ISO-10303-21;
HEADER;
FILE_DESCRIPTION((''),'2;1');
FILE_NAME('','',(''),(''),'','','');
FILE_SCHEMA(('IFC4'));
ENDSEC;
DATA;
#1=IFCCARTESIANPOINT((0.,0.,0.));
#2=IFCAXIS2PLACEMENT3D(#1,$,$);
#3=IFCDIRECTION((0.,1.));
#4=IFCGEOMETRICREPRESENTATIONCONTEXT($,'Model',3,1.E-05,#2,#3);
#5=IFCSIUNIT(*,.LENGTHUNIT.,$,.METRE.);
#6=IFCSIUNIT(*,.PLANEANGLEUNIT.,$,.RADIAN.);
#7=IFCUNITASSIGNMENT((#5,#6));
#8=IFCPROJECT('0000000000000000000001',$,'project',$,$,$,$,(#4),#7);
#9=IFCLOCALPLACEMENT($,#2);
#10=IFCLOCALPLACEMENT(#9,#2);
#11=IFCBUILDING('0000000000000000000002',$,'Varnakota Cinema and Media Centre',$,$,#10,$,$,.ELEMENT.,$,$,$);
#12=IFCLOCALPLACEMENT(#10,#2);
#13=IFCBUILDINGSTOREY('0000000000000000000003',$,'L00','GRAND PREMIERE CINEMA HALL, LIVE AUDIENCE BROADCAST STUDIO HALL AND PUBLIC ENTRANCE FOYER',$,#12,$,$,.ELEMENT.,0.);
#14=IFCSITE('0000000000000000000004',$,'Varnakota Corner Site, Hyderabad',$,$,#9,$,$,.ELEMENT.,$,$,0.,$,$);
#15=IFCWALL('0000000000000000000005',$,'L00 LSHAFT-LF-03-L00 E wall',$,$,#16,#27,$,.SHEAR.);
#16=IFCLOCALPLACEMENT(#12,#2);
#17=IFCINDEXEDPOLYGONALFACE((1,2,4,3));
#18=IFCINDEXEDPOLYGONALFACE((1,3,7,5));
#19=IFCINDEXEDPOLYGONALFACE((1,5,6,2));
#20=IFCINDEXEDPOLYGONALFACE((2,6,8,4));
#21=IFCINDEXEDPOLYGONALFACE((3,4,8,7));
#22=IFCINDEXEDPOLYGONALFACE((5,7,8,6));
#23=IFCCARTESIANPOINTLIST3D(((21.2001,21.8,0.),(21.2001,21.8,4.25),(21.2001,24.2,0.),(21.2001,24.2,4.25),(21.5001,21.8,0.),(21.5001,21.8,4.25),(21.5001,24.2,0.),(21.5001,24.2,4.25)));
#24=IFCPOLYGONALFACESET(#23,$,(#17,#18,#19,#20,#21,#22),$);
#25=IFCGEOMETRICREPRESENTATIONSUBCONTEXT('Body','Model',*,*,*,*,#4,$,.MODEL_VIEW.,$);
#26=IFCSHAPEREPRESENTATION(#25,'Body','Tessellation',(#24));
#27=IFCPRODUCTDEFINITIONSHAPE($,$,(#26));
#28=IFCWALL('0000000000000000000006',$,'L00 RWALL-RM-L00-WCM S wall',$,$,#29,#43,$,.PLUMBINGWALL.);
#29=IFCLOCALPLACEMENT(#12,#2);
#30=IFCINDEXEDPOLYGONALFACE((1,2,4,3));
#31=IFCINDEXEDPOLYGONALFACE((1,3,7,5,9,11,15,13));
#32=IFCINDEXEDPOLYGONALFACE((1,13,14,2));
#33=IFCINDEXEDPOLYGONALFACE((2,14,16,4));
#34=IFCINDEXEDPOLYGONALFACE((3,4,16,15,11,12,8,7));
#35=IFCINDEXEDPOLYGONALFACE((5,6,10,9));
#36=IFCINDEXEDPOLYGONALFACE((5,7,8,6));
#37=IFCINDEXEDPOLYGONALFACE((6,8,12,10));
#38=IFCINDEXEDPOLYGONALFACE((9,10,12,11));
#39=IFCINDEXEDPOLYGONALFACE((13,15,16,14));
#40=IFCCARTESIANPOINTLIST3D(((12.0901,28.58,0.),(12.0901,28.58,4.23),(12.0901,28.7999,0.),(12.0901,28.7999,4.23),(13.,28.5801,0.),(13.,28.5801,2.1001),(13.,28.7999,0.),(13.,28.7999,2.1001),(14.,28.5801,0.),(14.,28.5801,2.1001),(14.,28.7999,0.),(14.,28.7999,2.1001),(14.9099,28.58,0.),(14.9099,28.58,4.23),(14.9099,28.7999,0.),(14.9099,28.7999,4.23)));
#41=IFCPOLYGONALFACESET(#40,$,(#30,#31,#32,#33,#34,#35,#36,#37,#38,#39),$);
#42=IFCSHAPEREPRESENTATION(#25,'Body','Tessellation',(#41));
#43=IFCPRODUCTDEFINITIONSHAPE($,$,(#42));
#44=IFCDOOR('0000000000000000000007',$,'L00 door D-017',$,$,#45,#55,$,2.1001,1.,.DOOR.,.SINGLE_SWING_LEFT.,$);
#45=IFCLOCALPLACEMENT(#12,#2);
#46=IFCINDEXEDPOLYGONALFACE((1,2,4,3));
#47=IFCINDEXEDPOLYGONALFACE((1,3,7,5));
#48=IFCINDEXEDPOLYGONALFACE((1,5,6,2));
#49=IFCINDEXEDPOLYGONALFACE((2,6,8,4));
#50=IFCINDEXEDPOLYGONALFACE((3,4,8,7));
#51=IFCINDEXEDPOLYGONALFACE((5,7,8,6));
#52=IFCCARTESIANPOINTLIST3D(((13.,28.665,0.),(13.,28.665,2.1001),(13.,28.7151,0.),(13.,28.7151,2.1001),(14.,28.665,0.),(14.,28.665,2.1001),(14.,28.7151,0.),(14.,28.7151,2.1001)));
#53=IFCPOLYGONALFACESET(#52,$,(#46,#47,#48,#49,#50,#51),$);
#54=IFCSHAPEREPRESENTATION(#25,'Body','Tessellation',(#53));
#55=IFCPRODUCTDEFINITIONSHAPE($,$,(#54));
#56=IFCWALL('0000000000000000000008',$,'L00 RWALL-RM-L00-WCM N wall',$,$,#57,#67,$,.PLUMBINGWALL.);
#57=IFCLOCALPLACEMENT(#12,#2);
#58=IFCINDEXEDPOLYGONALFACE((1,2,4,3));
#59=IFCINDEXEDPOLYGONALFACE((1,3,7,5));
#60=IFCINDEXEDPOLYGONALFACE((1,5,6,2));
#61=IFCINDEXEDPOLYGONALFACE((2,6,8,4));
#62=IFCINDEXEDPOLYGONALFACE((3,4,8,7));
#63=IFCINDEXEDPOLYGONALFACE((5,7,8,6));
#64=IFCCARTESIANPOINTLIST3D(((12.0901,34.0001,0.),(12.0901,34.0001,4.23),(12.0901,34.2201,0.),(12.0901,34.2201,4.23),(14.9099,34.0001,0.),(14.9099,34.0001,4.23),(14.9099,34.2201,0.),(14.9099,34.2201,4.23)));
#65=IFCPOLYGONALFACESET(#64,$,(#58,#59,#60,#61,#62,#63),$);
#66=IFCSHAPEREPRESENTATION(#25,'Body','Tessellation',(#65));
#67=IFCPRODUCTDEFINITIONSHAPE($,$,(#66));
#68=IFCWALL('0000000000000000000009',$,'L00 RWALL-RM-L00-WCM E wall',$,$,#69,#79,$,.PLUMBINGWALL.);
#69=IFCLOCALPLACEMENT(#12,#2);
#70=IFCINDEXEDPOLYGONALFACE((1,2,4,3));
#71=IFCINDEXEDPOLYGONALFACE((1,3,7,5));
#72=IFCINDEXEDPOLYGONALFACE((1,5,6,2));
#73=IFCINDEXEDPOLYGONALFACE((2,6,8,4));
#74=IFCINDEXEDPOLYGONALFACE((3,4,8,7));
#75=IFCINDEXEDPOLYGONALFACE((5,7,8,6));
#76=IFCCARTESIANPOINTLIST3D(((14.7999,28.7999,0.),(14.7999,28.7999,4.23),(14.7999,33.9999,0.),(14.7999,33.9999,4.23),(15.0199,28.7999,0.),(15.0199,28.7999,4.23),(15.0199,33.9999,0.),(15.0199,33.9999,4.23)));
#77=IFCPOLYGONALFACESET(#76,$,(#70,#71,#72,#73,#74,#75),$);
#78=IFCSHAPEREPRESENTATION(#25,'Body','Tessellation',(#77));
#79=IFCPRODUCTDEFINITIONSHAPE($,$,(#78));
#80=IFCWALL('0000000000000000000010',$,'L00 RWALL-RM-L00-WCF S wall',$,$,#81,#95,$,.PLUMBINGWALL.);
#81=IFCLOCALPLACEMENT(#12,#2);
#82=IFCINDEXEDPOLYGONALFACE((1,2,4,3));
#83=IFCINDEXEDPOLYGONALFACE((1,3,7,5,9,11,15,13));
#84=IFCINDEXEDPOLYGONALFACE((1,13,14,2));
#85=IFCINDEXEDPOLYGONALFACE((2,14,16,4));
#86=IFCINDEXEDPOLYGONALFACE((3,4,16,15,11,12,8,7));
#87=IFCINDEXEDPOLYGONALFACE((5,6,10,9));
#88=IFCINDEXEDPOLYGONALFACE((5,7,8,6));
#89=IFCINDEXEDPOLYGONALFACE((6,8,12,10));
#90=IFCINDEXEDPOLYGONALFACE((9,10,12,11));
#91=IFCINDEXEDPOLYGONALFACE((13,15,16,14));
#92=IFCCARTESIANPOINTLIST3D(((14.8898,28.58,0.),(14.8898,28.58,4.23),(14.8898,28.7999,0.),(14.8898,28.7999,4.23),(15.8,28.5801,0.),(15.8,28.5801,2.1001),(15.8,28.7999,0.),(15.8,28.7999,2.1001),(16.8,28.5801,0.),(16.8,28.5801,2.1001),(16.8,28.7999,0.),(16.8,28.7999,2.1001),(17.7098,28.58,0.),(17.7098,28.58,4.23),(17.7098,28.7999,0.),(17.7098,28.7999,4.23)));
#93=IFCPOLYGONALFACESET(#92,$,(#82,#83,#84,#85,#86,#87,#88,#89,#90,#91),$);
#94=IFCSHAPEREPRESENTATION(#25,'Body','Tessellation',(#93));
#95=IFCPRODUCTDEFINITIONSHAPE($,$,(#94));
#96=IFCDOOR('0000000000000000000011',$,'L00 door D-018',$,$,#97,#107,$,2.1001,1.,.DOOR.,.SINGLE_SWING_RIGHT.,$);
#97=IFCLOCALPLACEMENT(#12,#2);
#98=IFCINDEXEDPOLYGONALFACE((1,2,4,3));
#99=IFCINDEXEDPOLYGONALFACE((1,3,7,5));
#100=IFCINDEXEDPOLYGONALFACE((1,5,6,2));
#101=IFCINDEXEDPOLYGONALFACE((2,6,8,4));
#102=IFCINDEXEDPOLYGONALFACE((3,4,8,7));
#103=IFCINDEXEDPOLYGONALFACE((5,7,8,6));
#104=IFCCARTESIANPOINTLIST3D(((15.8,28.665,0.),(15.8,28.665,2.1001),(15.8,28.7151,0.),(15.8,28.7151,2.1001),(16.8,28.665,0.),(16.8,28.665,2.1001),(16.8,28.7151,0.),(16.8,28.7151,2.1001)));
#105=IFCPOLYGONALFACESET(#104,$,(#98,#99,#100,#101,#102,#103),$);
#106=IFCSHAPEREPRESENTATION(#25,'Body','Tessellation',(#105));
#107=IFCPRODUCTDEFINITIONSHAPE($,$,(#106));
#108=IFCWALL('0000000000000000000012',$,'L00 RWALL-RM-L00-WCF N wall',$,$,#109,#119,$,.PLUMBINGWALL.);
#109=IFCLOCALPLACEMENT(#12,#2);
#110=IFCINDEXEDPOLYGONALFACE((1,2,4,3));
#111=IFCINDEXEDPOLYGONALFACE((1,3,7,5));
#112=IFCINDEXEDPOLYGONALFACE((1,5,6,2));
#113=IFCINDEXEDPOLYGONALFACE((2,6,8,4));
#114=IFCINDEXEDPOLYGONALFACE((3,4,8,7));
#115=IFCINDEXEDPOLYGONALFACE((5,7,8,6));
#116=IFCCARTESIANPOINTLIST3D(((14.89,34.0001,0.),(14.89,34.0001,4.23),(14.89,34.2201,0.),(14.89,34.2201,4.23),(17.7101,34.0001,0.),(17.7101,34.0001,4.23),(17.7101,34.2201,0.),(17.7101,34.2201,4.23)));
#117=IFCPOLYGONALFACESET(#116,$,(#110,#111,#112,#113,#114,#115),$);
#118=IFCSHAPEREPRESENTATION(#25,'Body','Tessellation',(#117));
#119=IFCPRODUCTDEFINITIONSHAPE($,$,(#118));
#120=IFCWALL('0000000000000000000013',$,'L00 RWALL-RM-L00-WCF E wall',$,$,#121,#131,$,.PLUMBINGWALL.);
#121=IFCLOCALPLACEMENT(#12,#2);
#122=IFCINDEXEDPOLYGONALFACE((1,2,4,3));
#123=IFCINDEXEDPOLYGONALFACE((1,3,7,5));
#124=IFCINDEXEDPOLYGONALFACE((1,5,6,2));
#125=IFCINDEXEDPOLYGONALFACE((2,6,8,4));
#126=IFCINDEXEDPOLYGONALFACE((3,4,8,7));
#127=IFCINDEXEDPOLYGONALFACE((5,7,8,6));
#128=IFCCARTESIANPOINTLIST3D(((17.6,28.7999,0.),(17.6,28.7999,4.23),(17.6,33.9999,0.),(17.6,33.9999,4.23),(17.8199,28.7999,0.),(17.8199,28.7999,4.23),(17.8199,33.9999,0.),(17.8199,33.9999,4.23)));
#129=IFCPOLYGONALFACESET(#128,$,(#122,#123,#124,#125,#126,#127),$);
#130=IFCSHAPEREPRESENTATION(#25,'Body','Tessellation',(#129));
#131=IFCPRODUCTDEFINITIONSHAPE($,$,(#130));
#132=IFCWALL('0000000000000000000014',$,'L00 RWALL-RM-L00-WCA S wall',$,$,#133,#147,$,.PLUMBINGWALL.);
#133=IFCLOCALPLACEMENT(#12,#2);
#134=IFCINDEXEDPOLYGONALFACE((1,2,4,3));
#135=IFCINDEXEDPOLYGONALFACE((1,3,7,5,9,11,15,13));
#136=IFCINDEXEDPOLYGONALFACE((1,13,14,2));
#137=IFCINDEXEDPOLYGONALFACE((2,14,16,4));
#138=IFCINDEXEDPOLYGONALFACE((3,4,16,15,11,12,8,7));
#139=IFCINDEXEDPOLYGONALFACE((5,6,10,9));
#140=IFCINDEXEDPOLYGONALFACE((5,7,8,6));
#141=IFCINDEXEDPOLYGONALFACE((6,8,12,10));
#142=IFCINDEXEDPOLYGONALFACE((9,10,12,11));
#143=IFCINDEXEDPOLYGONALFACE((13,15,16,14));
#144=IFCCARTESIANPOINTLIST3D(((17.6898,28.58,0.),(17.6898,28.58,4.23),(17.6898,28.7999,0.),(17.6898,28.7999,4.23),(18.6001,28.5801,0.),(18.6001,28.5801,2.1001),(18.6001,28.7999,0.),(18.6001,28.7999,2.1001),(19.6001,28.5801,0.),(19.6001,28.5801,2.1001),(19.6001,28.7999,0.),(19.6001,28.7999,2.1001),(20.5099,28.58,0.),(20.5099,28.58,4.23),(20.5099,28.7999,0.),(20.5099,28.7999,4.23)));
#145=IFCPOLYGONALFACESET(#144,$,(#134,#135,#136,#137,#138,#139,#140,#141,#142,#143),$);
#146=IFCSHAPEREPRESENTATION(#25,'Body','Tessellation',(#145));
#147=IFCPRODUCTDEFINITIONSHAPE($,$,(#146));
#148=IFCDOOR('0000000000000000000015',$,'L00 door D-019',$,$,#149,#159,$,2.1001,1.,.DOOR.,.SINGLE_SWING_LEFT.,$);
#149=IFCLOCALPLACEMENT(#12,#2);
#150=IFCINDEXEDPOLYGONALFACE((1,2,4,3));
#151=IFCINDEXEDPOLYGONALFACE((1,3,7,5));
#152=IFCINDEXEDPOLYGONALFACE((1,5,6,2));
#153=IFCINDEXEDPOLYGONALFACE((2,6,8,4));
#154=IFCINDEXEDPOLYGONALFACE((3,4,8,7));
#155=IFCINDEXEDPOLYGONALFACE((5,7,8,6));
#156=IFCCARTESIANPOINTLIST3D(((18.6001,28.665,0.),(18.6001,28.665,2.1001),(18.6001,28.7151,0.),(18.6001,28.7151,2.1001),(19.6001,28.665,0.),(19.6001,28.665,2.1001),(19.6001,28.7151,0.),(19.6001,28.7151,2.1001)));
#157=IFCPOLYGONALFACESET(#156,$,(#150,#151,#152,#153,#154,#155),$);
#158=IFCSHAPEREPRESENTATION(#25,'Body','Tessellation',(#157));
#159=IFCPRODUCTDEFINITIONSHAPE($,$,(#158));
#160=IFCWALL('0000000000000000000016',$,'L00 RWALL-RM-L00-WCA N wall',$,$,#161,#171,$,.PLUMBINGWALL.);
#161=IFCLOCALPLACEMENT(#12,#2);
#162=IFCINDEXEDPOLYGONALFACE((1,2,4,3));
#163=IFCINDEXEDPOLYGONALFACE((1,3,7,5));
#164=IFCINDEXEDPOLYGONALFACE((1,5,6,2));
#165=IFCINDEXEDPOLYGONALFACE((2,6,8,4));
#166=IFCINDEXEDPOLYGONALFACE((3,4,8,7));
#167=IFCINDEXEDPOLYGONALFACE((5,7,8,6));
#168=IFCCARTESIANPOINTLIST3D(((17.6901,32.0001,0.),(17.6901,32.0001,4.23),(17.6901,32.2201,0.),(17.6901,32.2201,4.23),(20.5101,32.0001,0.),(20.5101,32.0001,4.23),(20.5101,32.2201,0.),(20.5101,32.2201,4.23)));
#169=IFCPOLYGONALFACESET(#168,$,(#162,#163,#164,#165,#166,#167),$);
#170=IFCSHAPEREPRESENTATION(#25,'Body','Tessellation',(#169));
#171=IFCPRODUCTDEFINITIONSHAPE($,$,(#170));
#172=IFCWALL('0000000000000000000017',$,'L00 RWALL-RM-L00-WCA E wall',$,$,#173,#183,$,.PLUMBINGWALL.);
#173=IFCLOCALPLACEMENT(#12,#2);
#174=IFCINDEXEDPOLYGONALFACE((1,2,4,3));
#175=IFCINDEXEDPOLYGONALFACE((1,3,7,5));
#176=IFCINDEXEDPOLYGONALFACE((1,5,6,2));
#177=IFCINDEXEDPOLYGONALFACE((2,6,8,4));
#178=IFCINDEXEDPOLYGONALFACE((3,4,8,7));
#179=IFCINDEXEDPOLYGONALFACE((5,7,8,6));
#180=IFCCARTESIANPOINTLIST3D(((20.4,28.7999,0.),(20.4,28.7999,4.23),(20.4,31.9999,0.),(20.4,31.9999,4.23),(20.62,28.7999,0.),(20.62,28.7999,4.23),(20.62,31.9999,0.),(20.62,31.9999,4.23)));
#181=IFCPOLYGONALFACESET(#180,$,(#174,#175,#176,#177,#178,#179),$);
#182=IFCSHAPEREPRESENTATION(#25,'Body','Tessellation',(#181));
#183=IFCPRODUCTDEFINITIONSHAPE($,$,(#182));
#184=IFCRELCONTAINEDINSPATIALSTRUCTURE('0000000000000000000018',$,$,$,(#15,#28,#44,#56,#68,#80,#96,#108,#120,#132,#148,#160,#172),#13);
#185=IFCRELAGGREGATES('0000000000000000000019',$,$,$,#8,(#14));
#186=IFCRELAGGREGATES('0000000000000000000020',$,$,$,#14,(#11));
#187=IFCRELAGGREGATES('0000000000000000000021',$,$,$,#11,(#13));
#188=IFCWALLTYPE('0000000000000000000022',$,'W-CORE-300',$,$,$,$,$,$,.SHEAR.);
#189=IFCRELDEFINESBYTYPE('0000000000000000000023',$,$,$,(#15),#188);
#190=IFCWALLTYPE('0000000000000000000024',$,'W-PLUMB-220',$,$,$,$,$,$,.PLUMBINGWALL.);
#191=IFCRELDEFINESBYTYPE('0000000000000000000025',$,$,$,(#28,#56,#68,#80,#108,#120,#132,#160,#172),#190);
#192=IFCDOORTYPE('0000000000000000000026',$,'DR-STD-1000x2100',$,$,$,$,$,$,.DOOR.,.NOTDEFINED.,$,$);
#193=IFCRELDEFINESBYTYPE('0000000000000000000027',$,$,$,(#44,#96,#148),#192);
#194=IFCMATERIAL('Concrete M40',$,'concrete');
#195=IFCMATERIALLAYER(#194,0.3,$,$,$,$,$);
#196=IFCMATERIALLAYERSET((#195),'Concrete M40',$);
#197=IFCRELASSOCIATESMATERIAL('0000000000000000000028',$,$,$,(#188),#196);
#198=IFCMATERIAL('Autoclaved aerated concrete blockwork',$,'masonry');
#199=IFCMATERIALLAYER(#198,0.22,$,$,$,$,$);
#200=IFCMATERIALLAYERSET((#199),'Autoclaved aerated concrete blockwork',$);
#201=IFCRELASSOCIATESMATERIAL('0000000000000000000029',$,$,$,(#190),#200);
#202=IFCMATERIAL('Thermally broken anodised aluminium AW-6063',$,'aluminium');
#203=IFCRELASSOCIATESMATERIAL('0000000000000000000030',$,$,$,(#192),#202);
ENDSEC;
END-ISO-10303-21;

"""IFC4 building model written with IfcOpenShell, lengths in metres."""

from ifc_helpers import new_model, si_unit, direction, frame, frame_2d, origin, place, context, subcontext, project, spatial, rectangle, extrude, material, layer, layer_set, type_object, element, fill, save


model = new_model("IFC4")

# Units and contexts
model_context = context("Model", 3, precision=1e-05, world=origin(), true_north=direction((0.0, 1.0)))
body_context = subcontext(model_context, "Body", "Model", "MODEL_VIEW")
ifc_project = project(units=[si_unit("LENGTHUNIT", "METRE"), si_unit("PLANEANGLEUNIT", "RADIAN")], contexts=[model_context])

# Site, building, storey
site_placement = place(None, origin())
site = spatial("IfcSite", under=ifc_project, at=site_placement, Name="Varnakota Corner Site, Hyderabad", CompositionType="ELEMENT", RefElevation=0.0)
building_placement = place(site_placement, origin())
building = spatial("IfcBuilding", under=site, at=building_placement, Name="Varnakota Cinema and Media Centre", CompositionType="ELEMENT")
storey_placement = place(building_placement, origin())
storey = spatial("IfcBuildingStorey", under=building, at=storey_placement, Name="L00", Description="GRAND PREMIERE CINEMA HALL, LIVE AUDIENCE BROADCAST STUDIO HALL AND PUBLIC ENTRANCE FOYER", CompositionType="ELEMENT", Elevation=0.0)

# Wall
ifc_material_1 = material(Name="Concrete M40", Category="concrete")
ifc_layer_1 = layer(ifc_material_1, 0.3)
ifc_layer_set_1 = layer_set([ifc_layer_1], Name="Concrete M40")
wall_type_1 = type_object("IfcWallType", Name="W-CORE-300", PredefinedType="SHEAR", material=ifc_layer_set_1)
wall_1_placement = place(storey_placement, frame((21.3501, 24.2, 0.0), z_axis=(0.0, 0.0, 1.0), x_axis=(0.0, -1.0, 0.0)))
element("IfcWall", 1, at=wall_1_placement, inside=storey, type_object=wall_type_1, Name="L00 LSHAFT-LF-03-L00 E wall", PredefinedType="SHEAR", context=body_context, shape_type="SweptSolid", body=[
    extrude(rectangle(XDim=2.3999, YDim=0.3, at=frame_2d((1.2, 0.0))), origin(), (0.0, 0.0, 1.0), 4.25),
])

# Wall, opening, door
ifc_material_2 = material(Name="Autoclaved aerated concrete blockwork", Category="masonry")
ifc_layer_2 = layer(ifc_material_2, 0.22)
ifc_layer_set_2 = layer_set([ifc_layer_2], Name="Autoclaved aerated concrete blockwork")
wall_type_2 = type_object("IfcWallType", Name="W-PLUMB-220", PredefinedType="PLUMBINGWALL", material=ifc_layer_set_2)
wall_2_placement = place(storey_placement, frame((14.9099, 28.6899, 0.0), z_axis=(0.0, 0.0, 1.0), x_axis=(-1.0, 0.0, 0.0)))
wall_2 = element("IfcWall", 2, at=wall_2_placement, inside=storey, type_object=wall_type_2, Name="L00 RWALL-RM-L00-WCM S wall", PredefinedType="PLUMBINGWALL", context=body_context, shape_type="SweptSolid", body=[
    extrude(rectangle(XDim=2.8198, YDim=0.22, at=frame_2d((1.4099, 0.0))), origin(), (0.0, 0.0, 1.0), 4.23),
])
opening_1_placement = place(wall_2_placement, frame((0.9099, 0.0, 0.0)))
opening_1 = element("IfcOpeningElement", 3, at=opening_1_placement, cuts=wall_2, PredefinedType="OPENING", context=body_context, shape_type="SweptSolid", body=[
    extrude(rectangle(XDim=1.0, YDim=2.1001, at=frame_2d((0.5, 1.05))), frame((0.0, 0.1099, 0.0), z_axis=(0.0, -1.0, 0.0), x_axis=(1.0, 0.0, 0.0)), (0.0, 0.0, 1.0), 0.22),
])
ifc_material_3 = material(Name="Thermally broken anodised aluminium AW-6063", Category="aluminium")
door_type = type_object("IfcDoorType", Name="DR-STD-1000x2100", OperationType="NOTDEFINED", PredefinedType="DOOR", material=ifc_material_3)
door_1_placement = place(opening_1_placement, origin())
door_1 = element("IfcDoor", 4, at=door_1_placement, inside=storey, type_object=door_type, Name="L00 door D-017", OperationType="SINGLE_SWING_LEFT", OverallHeight=2.1001, OverallWidth=1.0, PredefinedType="DOOR", context=body_context, shape_type="SweptSolid", body=[
    extrude(rectangle(XDim=1.0, YDim=2.1001, at=frame_2d((0.5, 1.05))), frame((0.0, 0.0249, 0.0), z_axis=(0.0, -1.0, 0.0), x_axis=(1.0, 0.0, 0.0)), (0.0, 0.0, 1.0), 0.05),
])
fill(opening_1, door_1)

# Walls
wall_3_placement = place(storey_placement, frame((12.0901, 34.1101, 0.0), z_axis=(0.0, 0.0, 1.0), x_axis=(1.0, 0.0, 0.0)))
element("IfcWall", 5, at=wall_3_placement, inside=storey, type_object=wall_type_2, Name="L00 RWALL-RM-L00-WCM N wall", PredefinedType="PLUMBINGWALL", context=body_context, shape_type="SweptSolid", body=[
    extrude(rectangle(XDim=2.8198, YDim=0.22, at=frame_2d((1.4099, 0.0))), origin(), (0.0, 0.0, 1.0), 4.23),
])
wall_4_placement = place(storey_placement, frame((14.9099, 34.0, 0.0), z_axis=(0.0, 0.0, 1.0), x_axis=(0.0, -1.0, 0.0)))
element("IfcWall", 6, at=wall_4_placement, inside=storey, type_object=wall_type_2, Name="L00 RWALL-RM-L00-WCM E wall", PredefinedType="PLUMBINGWALL", context=body_context, shape_type="SweptSolid", body=[
    extrude(rectangle(XDim=5.2, YDim=0.22, at=frame_2d((2.6001, 0.0))), origin(), (0.0, 0.0, 1.0), 4.23),
])

# Wall, opening, door
wall_5_placement = place(storey_placement, frame((17.71, 28.6899, 0.0), z_axis=(0.0, 0.0, 1.0), x_axis=(-1.0, 0.0, 0.0)))
wall_5 = element("IfcWall", 7, at=wall_5_placement, inside=storey, type_object=wall_type_2, Name="L00 RWALL-RM-L00-WCF S wall", PredefinedType="PLUMBINGWALL", context=body_context, shape_type="SweptSolid", body=[
    extrude(rectangle(XDim=2.8201, YDim=0.22, at=frame_2d((1.4102, 0.0))), origin(), (0.0, 0.0, 1.0), 4.23),
])
opening_2_placement = place(wall_5_placement, frame((0.9099, 0.0, 0.0)))
opening_2 = element("IfcOpeningElement", 8, at=opening_2_placement, cuts=wall_5, PredefinedType="OPENING", context=body_context, shape_type="SweptSolid", body=[
    extrude(rectangle(XDim=1.0, YDim=2.1001, at=frame_2d((0.5, 1.05))), frame((0.0, 0.1099, 0.0), z_axis=(0.0, -1.0, 0.0), x_axis=(1.0, 0.0, 0.0)), (0.0, 0.0, 1.0), 0.22),
])
door_2_placement = place(opening_2_placement, origin())
door_2 = element("IfcDoor", 9, at=door_2_placement, inside=storey, type_object=door_type, Name="L00 door D-018", OperationType="SINGLE_SWING_RIGHT", OverallHeight=2.1001, OverallWidth=1.0, PredefinedType="DOOR", context=body_context, shape_type="SweptSolid", body=[
    extrude(rectangle(XDim=1.0, YDim=2.1001, at=frame_2d((0.5, 1.05))), frame((0.0, 0.0249, 0.0), z_axis=(0.0, -1.0, 0.0), x_axis=(1.0, 0.0, 0.0)), (0.0, 0.0, 1.0), 0.05),
])
fill(opening_2, door_2)

# Walls
wall_6_placement = place(storey_placement, frame((14.8899, 34.1101, 0.0), z_axis=(0.0, 0.0, 1.0), x_axis=(1.0, 0.0, 0.0)))
element("IfcWall", 10, at=wall_6_placement, inside=storey, type_object=wall_type_2, Name="L00 RWALL-RM-L00-WCF N wall", PredefinedType="PLUMBINGWALL", context=body_context, shape_type="SweptSolid", body=[
    extrude(rectangle(XDim=2.8201, YDim=0.22, at=frame_2d((1.4102, 0.0))), origin(), (0.0, 0.0, 1.0), 4.23),
])
wall_7_placement = place(storey_placement, frame((17.71, 34.0, 0.0), z_axis=(0.0, 0.0, 1.0), x_axis=(0.0, -1.0, 0.0)))
element("IfcWall", 11, at=wall_7_placement, inside=storey, type_object=wall_type_2, Name="L00 RWALL-RM-L00-WCF E wall", PredefinedType="PLUMBINGWALL", context=body_context, shape_type="SweptSolid", body=[
    extrude(rectangle(XDim=5.2, YDim=0.22, at=frame_2d((2.6001, 0.0))), origin(), (0.0, 0.0, 1.0), 4.23),
])

# Wall, opening, door
wall_8_placement = place(storey_placement, frame((20.51, 28.6899, 0.0), z_axis=(0.0, 0.0, 1.0), x_axis=(-1.0, 0.0, 0.0)))
wall_8 = element("IfcWall", 12, at=wall_8_placement, inside=storey, type_object=wall_type_2, Name="L00 RWALL-RM-L00-WCA S wall", PredefinedType="PLUMBINGWALL", context=body_context, shape_type="SweptSolid", body=[
    extrude(rectangle(XDim=2.8201, YDim=0.22, at=frame_2d((1.4102, 0.0))), origin(), (0.0, 0.0, 1.0), 4.23),
])
opening_3_placement = place(wall_8_placement, frame((0.9099, 0.0, 0.0)))
opening_3 = element("IfcOpeningElement", 13, at=opening_3_placement, cuts=wall_8, PredefinedType="OPENING", context=body_context, shape_type="SweptSolid", body=[
    extrude(rectangle(XDim=1.0, YDim=2.1001, at=frame_2d((0.5, 1.05))), frame((0.0, 0.1099, 0.0), z_axis=(0.0, -1.0, 0.0), x_axis=(1.0, 0.0, 0.0)), (0.0, 0.0, 1.0), 0.22),
])
door_3_placement = place(opening_3_placement, origin())
door_3 = element("IfcDoor", 14, at=door_3_placement, inside=storey, type_object=door_type, Name="L00 door D-019", OperationType="SINGLE_SWING_LEFT", OverallHeight=2.1001, OverallWidth=1.0, PredefinedType="DOOR", context=body_context, shape_type="SweptSolid", body=[
    extrude(rectangle(XDim=1.0, YDim=2.1001, at=frame_2d((0.5, 1.05))), frame((0.0, 0.0249, 0.0), z_axis=(0.0, -1.0, 0.0), x_axis=(1.0, 0.0, 0.0)), (0.0, 0.0, 1.0), 0.05),
])
fill(opening_3, door_3)

# Walls
wall_9_placement = place(storey_placement, frame((17.6899, 32.1101, 0.0), z_axis=(0.0, 0.0, 1.0), x_axis=(1.0, 0.0, 0.0)))
element("IfcWall", 15, at=wall_9_placement, inside=storey, type_object=wall_type_2, Name="L00 RWALL-RM-L00-WCA N wall", PredefinedType="PLUMBINGWALL", context=body_context, shape_type="SweptSolid", body=[
    extrude(rectangle(XDim=2.8201, YDim=0.22, at=frame_2d((1.4102, 0.0))), origin(), (0.0, 0.0, 1.0), 4.23),
])
wall_10_placement = place(storey_placement, frame((20.51, 32.0, 0.0), z_axis=(0.0, 0.0, 1.0), x_axis=(0.0, -1.0, 0.0)))
element("IfcWall", 16, at=wall_10_placement, inside=storey, type_object=wall_type_2, Name="L00 RWALL-RM-L00-WCA E wall", PredefinedType="PLUMBINGWALL", context=body_context, shape_type="SweptSolid", body=[
    extrude(rectangle(XDim=3.2, YDim=0.22, at=frame_2d((1.6001, 0.0))), origin(), (0.0, 0.0, 1.0), 4.23),
])

save(model, "model.ifc")
